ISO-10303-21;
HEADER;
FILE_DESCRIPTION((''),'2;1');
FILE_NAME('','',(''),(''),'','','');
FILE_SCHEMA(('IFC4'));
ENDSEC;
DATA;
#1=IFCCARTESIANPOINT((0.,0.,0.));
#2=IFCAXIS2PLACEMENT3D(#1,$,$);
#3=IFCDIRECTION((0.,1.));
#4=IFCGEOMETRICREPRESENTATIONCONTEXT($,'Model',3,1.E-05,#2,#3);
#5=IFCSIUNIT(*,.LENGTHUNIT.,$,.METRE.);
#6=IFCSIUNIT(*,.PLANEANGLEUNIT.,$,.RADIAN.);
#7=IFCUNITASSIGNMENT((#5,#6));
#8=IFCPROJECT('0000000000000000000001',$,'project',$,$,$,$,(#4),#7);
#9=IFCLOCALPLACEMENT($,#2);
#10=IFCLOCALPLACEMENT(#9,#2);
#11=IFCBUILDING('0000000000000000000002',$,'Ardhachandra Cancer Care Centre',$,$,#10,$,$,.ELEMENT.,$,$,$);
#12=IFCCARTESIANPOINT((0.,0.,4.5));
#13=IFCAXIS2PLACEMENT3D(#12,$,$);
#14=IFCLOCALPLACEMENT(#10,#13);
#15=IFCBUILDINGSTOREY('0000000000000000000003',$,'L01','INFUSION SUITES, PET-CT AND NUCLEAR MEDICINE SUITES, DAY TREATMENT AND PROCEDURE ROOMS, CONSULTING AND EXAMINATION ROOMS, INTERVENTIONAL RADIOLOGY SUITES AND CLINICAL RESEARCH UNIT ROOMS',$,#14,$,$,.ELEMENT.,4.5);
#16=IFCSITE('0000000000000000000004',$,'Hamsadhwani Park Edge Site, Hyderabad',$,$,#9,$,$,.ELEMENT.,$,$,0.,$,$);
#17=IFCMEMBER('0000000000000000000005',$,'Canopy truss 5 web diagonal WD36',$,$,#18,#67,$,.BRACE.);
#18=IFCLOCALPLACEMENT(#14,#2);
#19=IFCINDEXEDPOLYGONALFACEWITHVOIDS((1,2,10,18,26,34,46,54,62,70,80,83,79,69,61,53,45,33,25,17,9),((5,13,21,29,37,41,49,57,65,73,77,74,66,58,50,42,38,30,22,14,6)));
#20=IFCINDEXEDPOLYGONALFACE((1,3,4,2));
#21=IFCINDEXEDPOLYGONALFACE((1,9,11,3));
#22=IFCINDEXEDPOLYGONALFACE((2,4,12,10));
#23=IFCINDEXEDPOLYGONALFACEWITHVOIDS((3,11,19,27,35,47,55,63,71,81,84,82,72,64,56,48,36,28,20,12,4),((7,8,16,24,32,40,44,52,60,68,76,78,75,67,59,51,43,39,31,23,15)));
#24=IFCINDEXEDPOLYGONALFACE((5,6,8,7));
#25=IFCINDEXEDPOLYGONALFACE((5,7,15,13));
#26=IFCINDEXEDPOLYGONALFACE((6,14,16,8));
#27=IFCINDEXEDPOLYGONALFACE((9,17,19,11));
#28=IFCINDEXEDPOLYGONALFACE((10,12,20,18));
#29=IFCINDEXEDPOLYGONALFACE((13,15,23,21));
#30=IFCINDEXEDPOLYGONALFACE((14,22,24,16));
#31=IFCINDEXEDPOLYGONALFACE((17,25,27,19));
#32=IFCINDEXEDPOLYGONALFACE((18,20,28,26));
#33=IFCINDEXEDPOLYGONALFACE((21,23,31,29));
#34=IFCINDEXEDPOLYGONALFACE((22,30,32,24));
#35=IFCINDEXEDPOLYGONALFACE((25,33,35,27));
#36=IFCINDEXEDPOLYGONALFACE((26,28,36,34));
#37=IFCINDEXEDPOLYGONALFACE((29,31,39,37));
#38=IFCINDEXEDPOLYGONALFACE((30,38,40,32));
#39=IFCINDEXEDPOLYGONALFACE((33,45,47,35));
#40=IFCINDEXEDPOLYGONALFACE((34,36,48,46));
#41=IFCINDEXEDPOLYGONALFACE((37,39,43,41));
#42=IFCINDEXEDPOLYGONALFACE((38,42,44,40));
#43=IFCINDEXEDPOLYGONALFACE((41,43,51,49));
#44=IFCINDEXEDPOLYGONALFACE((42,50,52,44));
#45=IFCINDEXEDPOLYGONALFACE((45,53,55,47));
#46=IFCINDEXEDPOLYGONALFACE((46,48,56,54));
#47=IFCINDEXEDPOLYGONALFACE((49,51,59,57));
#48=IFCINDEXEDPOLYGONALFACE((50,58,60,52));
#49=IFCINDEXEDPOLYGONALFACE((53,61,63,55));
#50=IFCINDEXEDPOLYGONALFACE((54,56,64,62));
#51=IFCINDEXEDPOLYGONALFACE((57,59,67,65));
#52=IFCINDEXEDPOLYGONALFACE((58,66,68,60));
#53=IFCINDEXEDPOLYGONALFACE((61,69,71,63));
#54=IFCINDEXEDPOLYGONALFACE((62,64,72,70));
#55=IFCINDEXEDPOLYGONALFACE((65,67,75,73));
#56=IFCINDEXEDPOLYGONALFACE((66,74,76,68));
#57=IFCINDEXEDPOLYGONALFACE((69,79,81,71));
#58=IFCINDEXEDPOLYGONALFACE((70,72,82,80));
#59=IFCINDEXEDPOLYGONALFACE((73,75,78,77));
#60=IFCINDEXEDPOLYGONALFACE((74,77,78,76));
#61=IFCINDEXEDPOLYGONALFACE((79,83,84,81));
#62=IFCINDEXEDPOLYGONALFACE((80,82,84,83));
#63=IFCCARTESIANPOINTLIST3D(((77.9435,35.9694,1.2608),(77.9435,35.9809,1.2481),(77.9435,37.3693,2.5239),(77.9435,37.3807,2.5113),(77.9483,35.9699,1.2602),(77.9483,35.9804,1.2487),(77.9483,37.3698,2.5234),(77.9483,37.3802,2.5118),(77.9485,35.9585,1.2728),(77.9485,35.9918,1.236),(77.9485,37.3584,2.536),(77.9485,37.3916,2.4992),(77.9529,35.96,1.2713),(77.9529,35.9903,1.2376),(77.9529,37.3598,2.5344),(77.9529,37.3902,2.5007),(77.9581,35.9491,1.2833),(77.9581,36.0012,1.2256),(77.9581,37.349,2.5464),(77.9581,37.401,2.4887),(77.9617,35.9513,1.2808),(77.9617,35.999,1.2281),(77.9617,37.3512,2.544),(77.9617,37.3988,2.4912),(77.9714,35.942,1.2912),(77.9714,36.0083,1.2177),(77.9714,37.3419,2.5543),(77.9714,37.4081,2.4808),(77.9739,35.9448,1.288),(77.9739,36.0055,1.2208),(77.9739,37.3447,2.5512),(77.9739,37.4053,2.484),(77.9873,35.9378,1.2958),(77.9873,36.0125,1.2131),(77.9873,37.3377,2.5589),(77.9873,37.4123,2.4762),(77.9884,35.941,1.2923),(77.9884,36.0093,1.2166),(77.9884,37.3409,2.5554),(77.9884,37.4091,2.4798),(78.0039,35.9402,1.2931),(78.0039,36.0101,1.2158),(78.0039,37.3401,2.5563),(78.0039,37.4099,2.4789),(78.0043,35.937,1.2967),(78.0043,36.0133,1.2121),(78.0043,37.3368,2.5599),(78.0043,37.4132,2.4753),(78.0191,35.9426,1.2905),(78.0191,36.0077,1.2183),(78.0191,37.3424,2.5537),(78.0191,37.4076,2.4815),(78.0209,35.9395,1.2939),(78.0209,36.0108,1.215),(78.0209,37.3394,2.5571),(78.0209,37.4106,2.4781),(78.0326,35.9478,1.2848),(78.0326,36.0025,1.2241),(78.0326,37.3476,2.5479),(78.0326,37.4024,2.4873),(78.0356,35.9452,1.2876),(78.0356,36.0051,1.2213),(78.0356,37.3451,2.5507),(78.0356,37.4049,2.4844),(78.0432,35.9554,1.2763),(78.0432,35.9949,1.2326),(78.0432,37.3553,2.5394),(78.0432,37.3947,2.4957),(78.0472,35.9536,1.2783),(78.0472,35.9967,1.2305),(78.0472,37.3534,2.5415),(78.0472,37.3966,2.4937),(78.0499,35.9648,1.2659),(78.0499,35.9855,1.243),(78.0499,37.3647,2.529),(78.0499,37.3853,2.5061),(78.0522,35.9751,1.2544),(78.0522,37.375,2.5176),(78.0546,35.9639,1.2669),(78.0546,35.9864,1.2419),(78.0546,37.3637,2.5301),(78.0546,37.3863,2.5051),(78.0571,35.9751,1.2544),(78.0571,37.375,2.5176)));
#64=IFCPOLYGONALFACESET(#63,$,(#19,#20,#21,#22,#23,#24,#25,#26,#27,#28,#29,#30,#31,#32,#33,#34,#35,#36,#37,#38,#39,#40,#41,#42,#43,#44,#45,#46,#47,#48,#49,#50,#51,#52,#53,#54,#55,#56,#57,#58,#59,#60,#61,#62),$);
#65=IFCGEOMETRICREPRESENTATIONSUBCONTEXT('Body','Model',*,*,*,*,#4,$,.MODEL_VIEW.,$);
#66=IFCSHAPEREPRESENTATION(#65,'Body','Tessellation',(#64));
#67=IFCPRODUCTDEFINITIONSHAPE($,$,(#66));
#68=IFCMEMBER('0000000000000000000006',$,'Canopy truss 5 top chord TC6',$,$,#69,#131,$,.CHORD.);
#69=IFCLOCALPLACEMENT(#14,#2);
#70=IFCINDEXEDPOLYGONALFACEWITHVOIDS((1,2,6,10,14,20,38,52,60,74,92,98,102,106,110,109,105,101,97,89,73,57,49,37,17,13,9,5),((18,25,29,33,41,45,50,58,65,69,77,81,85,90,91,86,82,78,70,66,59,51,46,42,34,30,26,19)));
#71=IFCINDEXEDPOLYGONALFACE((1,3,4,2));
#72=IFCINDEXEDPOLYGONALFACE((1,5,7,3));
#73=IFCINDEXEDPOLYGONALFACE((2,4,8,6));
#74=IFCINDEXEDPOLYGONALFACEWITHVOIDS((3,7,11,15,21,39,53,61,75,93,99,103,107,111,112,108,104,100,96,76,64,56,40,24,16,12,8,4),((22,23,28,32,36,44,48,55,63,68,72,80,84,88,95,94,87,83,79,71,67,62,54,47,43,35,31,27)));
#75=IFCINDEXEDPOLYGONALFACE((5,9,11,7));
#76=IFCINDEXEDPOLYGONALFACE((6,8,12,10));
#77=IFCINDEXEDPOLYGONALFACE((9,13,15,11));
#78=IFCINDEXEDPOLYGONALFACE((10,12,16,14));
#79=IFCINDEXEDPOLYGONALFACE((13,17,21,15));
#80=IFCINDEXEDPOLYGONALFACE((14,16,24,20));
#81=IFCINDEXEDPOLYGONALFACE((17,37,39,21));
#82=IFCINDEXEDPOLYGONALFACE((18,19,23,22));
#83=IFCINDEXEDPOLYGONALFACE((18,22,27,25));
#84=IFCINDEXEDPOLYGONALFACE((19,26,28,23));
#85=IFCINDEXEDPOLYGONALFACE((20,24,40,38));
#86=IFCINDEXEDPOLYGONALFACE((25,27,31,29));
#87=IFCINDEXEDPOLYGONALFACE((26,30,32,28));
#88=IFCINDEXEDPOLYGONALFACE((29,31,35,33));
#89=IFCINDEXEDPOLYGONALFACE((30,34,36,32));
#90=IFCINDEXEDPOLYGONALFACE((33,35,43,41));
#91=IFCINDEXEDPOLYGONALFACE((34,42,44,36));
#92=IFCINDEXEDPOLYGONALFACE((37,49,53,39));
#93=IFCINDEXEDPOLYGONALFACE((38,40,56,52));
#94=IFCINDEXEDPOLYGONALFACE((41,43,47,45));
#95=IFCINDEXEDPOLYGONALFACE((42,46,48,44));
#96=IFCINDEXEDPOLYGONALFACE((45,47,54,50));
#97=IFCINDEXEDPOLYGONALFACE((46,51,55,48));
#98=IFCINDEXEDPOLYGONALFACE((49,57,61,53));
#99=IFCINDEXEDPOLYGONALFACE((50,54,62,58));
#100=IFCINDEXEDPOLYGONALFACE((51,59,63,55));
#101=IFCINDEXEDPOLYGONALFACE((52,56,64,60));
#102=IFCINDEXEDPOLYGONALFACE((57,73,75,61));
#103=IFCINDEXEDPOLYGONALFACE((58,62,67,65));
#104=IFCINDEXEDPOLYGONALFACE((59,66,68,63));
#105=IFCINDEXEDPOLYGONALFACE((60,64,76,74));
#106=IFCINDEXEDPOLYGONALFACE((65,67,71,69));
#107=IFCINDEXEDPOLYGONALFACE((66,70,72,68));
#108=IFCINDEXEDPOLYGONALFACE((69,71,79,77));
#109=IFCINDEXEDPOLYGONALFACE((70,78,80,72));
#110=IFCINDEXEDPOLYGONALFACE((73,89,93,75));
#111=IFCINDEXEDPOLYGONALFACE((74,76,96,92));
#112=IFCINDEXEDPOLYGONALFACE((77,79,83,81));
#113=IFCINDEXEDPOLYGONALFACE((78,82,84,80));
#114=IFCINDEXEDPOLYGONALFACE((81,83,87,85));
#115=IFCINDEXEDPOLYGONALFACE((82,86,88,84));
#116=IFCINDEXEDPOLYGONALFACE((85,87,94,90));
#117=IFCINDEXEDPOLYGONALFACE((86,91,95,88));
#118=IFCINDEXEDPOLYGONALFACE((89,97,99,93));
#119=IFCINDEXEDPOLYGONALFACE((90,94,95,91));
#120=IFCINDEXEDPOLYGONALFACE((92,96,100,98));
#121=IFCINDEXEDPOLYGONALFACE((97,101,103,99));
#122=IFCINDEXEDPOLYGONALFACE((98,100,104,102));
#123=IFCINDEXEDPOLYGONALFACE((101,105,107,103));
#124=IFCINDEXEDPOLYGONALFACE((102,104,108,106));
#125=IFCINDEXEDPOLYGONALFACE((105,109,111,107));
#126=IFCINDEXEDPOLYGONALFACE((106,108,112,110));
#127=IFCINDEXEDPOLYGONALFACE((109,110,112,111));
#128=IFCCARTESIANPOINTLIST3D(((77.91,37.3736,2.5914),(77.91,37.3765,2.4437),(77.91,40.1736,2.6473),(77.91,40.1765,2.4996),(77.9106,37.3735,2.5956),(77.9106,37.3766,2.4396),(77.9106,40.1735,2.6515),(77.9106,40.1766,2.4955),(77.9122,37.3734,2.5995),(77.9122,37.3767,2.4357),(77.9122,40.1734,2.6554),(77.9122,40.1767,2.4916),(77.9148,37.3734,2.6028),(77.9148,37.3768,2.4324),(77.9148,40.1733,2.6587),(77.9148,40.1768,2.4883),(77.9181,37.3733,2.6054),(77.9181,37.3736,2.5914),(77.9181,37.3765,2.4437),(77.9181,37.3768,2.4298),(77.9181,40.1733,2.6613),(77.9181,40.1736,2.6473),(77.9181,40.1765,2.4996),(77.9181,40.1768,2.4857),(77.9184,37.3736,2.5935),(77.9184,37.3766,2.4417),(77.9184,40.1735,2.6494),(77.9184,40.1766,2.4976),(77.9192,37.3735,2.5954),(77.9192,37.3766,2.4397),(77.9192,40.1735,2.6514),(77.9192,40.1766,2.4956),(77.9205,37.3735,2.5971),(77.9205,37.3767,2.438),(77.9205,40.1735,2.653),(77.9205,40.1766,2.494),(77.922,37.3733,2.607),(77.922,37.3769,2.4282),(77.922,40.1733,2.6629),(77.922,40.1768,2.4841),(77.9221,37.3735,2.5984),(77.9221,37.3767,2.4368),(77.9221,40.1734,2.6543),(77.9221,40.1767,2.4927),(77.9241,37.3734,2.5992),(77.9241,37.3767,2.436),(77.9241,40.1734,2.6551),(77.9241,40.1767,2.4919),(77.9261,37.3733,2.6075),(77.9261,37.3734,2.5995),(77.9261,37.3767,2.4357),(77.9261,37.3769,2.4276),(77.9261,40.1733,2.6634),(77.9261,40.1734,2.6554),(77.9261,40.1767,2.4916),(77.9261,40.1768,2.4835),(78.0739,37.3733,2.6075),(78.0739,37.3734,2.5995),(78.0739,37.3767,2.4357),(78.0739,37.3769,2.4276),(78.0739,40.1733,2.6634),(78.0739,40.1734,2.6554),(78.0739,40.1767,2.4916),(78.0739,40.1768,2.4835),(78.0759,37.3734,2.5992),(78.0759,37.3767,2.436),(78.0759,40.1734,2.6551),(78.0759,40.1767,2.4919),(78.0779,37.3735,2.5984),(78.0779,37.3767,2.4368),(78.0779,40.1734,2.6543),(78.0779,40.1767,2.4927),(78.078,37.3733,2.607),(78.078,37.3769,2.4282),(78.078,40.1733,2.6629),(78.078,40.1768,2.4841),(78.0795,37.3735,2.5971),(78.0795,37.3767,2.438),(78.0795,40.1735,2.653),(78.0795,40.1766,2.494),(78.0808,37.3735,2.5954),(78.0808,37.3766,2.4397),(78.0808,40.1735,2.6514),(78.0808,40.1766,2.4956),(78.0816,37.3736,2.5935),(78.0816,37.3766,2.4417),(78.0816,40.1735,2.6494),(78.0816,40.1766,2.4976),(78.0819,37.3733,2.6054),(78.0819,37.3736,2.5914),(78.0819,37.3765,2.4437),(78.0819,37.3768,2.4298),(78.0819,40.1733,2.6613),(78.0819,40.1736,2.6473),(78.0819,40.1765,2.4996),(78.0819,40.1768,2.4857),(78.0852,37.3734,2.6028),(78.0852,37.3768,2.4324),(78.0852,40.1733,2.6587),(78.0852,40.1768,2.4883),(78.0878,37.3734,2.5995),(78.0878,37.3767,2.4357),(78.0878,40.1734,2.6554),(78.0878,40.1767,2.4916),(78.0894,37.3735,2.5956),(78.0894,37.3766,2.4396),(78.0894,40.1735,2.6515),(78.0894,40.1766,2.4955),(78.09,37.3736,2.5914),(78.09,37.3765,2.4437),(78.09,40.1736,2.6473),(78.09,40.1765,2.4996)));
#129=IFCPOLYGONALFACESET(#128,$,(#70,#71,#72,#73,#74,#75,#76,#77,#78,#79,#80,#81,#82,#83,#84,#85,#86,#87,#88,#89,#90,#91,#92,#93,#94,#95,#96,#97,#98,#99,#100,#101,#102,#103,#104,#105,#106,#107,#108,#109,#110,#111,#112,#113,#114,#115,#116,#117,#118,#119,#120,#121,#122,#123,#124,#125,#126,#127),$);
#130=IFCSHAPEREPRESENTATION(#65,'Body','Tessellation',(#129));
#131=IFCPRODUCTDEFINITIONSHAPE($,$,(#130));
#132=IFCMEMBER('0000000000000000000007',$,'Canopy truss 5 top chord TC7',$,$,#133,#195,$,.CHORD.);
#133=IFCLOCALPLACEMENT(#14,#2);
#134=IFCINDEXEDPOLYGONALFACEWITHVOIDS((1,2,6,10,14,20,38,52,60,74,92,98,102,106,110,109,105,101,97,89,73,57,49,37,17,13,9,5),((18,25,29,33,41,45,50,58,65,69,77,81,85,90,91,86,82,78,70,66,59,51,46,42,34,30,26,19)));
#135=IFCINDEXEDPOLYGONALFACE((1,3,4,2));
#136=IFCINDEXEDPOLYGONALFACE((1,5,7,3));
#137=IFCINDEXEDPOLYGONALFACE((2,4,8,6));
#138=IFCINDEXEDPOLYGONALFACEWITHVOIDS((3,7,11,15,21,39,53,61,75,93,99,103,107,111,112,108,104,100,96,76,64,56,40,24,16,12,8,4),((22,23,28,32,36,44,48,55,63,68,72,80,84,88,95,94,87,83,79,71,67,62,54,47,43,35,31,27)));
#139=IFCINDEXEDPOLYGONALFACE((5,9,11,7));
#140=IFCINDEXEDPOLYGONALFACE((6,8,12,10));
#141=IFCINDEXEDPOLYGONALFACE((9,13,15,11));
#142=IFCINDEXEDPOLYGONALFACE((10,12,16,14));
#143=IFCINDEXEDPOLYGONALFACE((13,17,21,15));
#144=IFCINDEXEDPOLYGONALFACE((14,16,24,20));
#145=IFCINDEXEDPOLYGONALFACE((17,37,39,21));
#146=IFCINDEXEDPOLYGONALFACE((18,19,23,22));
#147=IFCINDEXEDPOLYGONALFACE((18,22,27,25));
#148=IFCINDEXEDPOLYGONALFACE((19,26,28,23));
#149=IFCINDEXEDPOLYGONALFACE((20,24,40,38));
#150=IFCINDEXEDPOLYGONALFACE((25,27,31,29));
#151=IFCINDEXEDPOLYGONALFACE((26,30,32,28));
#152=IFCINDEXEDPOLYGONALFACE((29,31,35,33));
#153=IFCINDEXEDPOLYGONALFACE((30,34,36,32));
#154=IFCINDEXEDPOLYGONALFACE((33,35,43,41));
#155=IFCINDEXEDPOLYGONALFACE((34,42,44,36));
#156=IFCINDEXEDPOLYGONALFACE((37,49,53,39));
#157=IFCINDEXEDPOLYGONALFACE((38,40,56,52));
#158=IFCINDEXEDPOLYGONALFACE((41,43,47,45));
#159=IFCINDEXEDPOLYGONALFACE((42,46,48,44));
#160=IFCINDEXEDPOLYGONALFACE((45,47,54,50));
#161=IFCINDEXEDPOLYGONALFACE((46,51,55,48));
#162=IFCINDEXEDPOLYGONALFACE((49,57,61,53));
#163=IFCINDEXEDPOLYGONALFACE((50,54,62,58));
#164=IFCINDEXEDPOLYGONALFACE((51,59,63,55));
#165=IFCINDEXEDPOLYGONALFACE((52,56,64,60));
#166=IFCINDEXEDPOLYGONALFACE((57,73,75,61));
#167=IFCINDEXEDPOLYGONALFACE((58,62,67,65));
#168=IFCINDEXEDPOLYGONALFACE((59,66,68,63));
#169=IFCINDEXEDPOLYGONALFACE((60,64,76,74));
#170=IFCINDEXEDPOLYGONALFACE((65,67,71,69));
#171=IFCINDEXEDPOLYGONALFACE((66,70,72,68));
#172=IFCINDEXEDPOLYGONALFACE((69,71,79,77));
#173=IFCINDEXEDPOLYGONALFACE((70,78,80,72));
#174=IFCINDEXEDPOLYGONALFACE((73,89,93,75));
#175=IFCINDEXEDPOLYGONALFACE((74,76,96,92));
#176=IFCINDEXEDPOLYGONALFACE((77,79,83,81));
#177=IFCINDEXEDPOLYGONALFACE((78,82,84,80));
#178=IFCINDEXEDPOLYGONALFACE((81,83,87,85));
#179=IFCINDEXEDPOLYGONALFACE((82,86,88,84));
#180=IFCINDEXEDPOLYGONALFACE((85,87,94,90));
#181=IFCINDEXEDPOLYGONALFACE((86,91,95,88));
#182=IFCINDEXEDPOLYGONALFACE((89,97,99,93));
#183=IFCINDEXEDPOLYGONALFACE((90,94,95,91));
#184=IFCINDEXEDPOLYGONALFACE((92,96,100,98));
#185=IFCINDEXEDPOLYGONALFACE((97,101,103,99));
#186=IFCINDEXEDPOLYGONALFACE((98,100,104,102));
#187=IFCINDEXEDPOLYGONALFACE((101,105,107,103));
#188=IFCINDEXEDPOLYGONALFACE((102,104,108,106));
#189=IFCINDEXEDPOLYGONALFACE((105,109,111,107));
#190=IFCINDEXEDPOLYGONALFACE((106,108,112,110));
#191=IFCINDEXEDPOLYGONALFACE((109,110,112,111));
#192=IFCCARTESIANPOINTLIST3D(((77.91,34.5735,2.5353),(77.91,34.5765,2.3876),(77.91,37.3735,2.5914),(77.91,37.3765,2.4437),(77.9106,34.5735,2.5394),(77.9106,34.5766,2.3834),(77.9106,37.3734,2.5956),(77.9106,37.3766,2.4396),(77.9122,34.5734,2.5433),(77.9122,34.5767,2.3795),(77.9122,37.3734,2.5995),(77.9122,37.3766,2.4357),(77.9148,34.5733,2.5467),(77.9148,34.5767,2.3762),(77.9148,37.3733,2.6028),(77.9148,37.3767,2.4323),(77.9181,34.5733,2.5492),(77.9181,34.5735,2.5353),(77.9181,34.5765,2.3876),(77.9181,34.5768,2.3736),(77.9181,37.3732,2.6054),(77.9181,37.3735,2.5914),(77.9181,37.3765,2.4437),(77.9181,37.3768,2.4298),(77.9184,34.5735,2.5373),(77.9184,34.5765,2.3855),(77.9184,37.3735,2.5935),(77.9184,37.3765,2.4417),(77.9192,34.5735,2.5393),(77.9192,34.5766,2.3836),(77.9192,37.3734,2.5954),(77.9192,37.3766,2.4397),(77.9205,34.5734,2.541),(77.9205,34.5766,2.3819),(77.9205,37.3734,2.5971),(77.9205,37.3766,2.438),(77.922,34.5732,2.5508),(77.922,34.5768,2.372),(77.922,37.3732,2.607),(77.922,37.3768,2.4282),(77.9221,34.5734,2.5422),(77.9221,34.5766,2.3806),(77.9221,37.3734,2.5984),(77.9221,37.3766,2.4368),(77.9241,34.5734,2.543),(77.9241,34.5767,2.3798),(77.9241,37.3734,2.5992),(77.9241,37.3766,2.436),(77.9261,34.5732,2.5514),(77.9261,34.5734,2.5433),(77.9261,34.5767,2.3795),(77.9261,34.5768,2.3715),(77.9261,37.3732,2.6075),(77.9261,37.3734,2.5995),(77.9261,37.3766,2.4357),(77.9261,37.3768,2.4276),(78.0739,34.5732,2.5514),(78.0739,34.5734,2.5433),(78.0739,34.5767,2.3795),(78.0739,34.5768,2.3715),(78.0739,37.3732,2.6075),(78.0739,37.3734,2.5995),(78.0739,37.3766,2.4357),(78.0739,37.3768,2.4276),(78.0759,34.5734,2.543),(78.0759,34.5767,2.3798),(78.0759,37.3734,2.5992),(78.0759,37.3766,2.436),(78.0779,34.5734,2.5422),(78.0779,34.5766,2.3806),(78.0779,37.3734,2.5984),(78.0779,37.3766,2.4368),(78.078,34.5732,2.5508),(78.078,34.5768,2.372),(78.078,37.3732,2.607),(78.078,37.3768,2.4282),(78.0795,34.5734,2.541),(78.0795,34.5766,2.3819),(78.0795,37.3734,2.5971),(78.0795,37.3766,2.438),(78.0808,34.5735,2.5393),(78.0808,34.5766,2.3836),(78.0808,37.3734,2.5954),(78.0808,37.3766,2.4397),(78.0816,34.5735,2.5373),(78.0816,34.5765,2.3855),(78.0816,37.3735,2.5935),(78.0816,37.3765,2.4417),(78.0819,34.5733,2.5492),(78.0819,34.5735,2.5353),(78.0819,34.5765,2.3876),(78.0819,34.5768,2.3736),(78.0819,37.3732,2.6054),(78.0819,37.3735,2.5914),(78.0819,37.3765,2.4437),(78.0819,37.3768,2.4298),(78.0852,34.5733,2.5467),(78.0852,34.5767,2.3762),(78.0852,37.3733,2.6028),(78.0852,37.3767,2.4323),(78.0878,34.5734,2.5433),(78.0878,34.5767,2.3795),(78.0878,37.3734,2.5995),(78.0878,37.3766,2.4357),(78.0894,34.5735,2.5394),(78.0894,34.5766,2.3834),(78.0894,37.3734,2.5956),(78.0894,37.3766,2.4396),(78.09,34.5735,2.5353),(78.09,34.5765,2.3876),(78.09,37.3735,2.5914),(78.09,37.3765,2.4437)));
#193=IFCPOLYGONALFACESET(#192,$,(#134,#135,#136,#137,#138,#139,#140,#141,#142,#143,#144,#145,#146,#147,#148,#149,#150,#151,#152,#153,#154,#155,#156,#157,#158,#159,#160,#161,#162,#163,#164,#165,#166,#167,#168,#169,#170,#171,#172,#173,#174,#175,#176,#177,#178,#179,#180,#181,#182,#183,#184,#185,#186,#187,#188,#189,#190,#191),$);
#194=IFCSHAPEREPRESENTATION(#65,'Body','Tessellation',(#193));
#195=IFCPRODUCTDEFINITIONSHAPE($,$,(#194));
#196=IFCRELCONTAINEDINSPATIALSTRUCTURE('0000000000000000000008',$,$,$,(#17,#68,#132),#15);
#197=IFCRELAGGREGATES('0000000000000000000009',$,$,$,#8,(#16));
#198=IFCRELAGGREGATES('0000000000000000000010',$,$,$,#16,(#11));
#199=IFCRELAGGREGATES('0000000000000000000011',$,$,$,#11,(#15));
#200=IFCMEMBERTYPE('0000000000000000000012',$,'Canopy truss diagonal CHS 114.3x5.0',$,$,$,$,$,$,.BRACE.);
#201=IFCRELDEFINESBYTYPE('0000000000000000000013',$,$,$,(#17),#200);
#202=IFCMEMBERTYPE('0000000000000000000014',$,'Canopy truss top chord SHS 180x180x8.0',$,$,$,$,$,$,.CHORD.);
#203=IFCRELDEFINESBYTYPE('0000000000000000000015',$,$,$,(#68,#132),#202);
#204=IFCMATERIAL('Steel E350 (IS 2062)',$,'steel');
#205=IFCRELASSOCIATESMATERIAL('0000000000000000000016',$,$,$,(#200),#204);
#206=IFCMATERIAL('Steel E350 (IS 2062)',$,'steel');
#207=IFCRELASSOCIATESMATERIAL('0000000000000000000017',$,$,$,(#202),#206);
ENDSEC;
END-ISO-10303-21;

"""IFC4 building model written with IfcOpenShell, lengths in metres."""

from ifc_helpers import new_model, si_unit, direction, frame, origin, origin_2d, place, context, subcontext, project, spatial, hollow_rectangle, hollow_circle, extrude, material, material_profile, profile_set, type_object, element, save


model = new_model("IFC4")

# Units and contexts
model_context = context("Model", 3, precision=1e-05, world=origin(), true_north=direction((0.0, 1.0)))
body_context = subcontext(model_context, "Body", "Model", "MODEL_VIEW")
ifc_project = project(units=[si_unit("LENGTHUNIT", "METRE"), si_unit("PLANEANGLEUNIT", "RADIAN")], contexts=[model_context])

# Site, building, storey
site_placement = place(None, origin())
site = spatial("IfcSite", under=ifc_project, at=site_placement, Name="Hamsadhwani Park Edge Site, Hyderabad", CompositionType="ELEMENT", RefElevation=0.0)
building_placement = place(site_placement, origin())
building = spatial("IfcBuilding", under=site, at=building_placement, Name="Ardhachandra Cancer Care Centre", CompositionType="ELEMENT")
storey_placement = place(building_placement, frame((0.0, 0.0, 4.5)))
storey = spatial("IfcBuildingStorey", under=building, at=storey_placement, Name="L01", Description="INFUSION SUITES, PET-CT AND NUCLEAR MEDICINE SUITES, DAY TREATMENT AND PROCEDURE ROOMS, CONSULTING AND EXAMINATION ROOMS, INTERVENTIONAL RADIOLOGY SUITES AND CLINICAL RESEARCH UNIT ROOMS", CompositionType="ELEMENT", Elevation=4.5)

# Members
ifc_material_1 = material(Name="Steel E350 (IS 2062)", Category="steel")
ifc_material_profile_1 = material_profile(ifc_material_1, hollow_circle(Radius=0.0571, WallThickness=0.0049, at=origin_2d()), Name="CHS 114.3x5.0")
ifc_profile_set_1 = profile_set([ifc_material_profile_1], Name="Steel E350 (IS 2062)")
member_type_1 = type_object("IfcMemberType", Name="Canopy truss diagonal CHS 114.3x5.0", PredefinedType="BRACE", material=ifc_profile_set_1)
member_1_placement = place(storey_placement, frame((78.0, 37.375, 2.5176), z_axis=(0.0, -0.742431, -0.669923), x_axis=(1.0, 0.0, 0.0)))
element("IfcMember", 1, at=member_1_placement, inside=storey, type_object=member_type_1, Name="Canopy truss 5 web diagonal WD36", PredefinedType="BRACE", context=body_context, shape_type="SweptSolid", body=[
    extrude(hollow_circle(Radius=0.0571, WallThickness=0.0049, at=origin_2d()), origin(), (0.0, 0.0, 1.0), 1.8855),
])
ifc_material_2 = material(Name="Steel E350 (IS 2062)", Category="steel")
ifc_material_profile_2 = material_profile(ifc_material_2, hollow_rectangle(XDim=0.1799, YDim=0.1799, WallThickness=0.0081, InnerFilletRadius=0.0081, OuterFilletRadius=0.0161, at=origin_2d()), Name="SHS 180x180x8.0")
ifc_profile_set_2 = profile_set([ifc_material_profile_2], Name="Steel E350 (IS 2062)")
member_type_2 = type_object("IfcMemberType", Name="Canopy truss top chord SHS 180x180x8.0", PredefinedType="CHORD", material=ifc_profile_set_2)
for number, where, z_axis, x_axis, name in (
    (2, (78.0, 40.175, 2.5735), (0.0, -0.999801, -0.019963), (1.0, 0.0, 0.0), "Canopy truss 5 top chord TC6"),
    (3, (78.0, 37.375, 2.5176), (0.0, -0.999799, -0.02005), (1.0, 0.0, 0.0), "Canopy truss 5 top chord TC7"),
):
    element("IfcMember", number, at=place(storey_placement, frame(where, z_axis=z_axis, x_axis=x_axis)), inside=storey, type_object=member_type_2, Name=name, PredefinedType="CHORD", context=body_context, shape_type="SweptSolid", body=[
        extrude(hollow_rectangle(XDim=0.1799, YDim=0.1799, WallThickness=0.0081, InnerFilletRadius=0.0081, OuterFilletRadius=0.0161, at=origin_2d()), origin(), (0.0, 0.0, 1.0), 2.8005),
    ])

save(model, "model.ifc")
